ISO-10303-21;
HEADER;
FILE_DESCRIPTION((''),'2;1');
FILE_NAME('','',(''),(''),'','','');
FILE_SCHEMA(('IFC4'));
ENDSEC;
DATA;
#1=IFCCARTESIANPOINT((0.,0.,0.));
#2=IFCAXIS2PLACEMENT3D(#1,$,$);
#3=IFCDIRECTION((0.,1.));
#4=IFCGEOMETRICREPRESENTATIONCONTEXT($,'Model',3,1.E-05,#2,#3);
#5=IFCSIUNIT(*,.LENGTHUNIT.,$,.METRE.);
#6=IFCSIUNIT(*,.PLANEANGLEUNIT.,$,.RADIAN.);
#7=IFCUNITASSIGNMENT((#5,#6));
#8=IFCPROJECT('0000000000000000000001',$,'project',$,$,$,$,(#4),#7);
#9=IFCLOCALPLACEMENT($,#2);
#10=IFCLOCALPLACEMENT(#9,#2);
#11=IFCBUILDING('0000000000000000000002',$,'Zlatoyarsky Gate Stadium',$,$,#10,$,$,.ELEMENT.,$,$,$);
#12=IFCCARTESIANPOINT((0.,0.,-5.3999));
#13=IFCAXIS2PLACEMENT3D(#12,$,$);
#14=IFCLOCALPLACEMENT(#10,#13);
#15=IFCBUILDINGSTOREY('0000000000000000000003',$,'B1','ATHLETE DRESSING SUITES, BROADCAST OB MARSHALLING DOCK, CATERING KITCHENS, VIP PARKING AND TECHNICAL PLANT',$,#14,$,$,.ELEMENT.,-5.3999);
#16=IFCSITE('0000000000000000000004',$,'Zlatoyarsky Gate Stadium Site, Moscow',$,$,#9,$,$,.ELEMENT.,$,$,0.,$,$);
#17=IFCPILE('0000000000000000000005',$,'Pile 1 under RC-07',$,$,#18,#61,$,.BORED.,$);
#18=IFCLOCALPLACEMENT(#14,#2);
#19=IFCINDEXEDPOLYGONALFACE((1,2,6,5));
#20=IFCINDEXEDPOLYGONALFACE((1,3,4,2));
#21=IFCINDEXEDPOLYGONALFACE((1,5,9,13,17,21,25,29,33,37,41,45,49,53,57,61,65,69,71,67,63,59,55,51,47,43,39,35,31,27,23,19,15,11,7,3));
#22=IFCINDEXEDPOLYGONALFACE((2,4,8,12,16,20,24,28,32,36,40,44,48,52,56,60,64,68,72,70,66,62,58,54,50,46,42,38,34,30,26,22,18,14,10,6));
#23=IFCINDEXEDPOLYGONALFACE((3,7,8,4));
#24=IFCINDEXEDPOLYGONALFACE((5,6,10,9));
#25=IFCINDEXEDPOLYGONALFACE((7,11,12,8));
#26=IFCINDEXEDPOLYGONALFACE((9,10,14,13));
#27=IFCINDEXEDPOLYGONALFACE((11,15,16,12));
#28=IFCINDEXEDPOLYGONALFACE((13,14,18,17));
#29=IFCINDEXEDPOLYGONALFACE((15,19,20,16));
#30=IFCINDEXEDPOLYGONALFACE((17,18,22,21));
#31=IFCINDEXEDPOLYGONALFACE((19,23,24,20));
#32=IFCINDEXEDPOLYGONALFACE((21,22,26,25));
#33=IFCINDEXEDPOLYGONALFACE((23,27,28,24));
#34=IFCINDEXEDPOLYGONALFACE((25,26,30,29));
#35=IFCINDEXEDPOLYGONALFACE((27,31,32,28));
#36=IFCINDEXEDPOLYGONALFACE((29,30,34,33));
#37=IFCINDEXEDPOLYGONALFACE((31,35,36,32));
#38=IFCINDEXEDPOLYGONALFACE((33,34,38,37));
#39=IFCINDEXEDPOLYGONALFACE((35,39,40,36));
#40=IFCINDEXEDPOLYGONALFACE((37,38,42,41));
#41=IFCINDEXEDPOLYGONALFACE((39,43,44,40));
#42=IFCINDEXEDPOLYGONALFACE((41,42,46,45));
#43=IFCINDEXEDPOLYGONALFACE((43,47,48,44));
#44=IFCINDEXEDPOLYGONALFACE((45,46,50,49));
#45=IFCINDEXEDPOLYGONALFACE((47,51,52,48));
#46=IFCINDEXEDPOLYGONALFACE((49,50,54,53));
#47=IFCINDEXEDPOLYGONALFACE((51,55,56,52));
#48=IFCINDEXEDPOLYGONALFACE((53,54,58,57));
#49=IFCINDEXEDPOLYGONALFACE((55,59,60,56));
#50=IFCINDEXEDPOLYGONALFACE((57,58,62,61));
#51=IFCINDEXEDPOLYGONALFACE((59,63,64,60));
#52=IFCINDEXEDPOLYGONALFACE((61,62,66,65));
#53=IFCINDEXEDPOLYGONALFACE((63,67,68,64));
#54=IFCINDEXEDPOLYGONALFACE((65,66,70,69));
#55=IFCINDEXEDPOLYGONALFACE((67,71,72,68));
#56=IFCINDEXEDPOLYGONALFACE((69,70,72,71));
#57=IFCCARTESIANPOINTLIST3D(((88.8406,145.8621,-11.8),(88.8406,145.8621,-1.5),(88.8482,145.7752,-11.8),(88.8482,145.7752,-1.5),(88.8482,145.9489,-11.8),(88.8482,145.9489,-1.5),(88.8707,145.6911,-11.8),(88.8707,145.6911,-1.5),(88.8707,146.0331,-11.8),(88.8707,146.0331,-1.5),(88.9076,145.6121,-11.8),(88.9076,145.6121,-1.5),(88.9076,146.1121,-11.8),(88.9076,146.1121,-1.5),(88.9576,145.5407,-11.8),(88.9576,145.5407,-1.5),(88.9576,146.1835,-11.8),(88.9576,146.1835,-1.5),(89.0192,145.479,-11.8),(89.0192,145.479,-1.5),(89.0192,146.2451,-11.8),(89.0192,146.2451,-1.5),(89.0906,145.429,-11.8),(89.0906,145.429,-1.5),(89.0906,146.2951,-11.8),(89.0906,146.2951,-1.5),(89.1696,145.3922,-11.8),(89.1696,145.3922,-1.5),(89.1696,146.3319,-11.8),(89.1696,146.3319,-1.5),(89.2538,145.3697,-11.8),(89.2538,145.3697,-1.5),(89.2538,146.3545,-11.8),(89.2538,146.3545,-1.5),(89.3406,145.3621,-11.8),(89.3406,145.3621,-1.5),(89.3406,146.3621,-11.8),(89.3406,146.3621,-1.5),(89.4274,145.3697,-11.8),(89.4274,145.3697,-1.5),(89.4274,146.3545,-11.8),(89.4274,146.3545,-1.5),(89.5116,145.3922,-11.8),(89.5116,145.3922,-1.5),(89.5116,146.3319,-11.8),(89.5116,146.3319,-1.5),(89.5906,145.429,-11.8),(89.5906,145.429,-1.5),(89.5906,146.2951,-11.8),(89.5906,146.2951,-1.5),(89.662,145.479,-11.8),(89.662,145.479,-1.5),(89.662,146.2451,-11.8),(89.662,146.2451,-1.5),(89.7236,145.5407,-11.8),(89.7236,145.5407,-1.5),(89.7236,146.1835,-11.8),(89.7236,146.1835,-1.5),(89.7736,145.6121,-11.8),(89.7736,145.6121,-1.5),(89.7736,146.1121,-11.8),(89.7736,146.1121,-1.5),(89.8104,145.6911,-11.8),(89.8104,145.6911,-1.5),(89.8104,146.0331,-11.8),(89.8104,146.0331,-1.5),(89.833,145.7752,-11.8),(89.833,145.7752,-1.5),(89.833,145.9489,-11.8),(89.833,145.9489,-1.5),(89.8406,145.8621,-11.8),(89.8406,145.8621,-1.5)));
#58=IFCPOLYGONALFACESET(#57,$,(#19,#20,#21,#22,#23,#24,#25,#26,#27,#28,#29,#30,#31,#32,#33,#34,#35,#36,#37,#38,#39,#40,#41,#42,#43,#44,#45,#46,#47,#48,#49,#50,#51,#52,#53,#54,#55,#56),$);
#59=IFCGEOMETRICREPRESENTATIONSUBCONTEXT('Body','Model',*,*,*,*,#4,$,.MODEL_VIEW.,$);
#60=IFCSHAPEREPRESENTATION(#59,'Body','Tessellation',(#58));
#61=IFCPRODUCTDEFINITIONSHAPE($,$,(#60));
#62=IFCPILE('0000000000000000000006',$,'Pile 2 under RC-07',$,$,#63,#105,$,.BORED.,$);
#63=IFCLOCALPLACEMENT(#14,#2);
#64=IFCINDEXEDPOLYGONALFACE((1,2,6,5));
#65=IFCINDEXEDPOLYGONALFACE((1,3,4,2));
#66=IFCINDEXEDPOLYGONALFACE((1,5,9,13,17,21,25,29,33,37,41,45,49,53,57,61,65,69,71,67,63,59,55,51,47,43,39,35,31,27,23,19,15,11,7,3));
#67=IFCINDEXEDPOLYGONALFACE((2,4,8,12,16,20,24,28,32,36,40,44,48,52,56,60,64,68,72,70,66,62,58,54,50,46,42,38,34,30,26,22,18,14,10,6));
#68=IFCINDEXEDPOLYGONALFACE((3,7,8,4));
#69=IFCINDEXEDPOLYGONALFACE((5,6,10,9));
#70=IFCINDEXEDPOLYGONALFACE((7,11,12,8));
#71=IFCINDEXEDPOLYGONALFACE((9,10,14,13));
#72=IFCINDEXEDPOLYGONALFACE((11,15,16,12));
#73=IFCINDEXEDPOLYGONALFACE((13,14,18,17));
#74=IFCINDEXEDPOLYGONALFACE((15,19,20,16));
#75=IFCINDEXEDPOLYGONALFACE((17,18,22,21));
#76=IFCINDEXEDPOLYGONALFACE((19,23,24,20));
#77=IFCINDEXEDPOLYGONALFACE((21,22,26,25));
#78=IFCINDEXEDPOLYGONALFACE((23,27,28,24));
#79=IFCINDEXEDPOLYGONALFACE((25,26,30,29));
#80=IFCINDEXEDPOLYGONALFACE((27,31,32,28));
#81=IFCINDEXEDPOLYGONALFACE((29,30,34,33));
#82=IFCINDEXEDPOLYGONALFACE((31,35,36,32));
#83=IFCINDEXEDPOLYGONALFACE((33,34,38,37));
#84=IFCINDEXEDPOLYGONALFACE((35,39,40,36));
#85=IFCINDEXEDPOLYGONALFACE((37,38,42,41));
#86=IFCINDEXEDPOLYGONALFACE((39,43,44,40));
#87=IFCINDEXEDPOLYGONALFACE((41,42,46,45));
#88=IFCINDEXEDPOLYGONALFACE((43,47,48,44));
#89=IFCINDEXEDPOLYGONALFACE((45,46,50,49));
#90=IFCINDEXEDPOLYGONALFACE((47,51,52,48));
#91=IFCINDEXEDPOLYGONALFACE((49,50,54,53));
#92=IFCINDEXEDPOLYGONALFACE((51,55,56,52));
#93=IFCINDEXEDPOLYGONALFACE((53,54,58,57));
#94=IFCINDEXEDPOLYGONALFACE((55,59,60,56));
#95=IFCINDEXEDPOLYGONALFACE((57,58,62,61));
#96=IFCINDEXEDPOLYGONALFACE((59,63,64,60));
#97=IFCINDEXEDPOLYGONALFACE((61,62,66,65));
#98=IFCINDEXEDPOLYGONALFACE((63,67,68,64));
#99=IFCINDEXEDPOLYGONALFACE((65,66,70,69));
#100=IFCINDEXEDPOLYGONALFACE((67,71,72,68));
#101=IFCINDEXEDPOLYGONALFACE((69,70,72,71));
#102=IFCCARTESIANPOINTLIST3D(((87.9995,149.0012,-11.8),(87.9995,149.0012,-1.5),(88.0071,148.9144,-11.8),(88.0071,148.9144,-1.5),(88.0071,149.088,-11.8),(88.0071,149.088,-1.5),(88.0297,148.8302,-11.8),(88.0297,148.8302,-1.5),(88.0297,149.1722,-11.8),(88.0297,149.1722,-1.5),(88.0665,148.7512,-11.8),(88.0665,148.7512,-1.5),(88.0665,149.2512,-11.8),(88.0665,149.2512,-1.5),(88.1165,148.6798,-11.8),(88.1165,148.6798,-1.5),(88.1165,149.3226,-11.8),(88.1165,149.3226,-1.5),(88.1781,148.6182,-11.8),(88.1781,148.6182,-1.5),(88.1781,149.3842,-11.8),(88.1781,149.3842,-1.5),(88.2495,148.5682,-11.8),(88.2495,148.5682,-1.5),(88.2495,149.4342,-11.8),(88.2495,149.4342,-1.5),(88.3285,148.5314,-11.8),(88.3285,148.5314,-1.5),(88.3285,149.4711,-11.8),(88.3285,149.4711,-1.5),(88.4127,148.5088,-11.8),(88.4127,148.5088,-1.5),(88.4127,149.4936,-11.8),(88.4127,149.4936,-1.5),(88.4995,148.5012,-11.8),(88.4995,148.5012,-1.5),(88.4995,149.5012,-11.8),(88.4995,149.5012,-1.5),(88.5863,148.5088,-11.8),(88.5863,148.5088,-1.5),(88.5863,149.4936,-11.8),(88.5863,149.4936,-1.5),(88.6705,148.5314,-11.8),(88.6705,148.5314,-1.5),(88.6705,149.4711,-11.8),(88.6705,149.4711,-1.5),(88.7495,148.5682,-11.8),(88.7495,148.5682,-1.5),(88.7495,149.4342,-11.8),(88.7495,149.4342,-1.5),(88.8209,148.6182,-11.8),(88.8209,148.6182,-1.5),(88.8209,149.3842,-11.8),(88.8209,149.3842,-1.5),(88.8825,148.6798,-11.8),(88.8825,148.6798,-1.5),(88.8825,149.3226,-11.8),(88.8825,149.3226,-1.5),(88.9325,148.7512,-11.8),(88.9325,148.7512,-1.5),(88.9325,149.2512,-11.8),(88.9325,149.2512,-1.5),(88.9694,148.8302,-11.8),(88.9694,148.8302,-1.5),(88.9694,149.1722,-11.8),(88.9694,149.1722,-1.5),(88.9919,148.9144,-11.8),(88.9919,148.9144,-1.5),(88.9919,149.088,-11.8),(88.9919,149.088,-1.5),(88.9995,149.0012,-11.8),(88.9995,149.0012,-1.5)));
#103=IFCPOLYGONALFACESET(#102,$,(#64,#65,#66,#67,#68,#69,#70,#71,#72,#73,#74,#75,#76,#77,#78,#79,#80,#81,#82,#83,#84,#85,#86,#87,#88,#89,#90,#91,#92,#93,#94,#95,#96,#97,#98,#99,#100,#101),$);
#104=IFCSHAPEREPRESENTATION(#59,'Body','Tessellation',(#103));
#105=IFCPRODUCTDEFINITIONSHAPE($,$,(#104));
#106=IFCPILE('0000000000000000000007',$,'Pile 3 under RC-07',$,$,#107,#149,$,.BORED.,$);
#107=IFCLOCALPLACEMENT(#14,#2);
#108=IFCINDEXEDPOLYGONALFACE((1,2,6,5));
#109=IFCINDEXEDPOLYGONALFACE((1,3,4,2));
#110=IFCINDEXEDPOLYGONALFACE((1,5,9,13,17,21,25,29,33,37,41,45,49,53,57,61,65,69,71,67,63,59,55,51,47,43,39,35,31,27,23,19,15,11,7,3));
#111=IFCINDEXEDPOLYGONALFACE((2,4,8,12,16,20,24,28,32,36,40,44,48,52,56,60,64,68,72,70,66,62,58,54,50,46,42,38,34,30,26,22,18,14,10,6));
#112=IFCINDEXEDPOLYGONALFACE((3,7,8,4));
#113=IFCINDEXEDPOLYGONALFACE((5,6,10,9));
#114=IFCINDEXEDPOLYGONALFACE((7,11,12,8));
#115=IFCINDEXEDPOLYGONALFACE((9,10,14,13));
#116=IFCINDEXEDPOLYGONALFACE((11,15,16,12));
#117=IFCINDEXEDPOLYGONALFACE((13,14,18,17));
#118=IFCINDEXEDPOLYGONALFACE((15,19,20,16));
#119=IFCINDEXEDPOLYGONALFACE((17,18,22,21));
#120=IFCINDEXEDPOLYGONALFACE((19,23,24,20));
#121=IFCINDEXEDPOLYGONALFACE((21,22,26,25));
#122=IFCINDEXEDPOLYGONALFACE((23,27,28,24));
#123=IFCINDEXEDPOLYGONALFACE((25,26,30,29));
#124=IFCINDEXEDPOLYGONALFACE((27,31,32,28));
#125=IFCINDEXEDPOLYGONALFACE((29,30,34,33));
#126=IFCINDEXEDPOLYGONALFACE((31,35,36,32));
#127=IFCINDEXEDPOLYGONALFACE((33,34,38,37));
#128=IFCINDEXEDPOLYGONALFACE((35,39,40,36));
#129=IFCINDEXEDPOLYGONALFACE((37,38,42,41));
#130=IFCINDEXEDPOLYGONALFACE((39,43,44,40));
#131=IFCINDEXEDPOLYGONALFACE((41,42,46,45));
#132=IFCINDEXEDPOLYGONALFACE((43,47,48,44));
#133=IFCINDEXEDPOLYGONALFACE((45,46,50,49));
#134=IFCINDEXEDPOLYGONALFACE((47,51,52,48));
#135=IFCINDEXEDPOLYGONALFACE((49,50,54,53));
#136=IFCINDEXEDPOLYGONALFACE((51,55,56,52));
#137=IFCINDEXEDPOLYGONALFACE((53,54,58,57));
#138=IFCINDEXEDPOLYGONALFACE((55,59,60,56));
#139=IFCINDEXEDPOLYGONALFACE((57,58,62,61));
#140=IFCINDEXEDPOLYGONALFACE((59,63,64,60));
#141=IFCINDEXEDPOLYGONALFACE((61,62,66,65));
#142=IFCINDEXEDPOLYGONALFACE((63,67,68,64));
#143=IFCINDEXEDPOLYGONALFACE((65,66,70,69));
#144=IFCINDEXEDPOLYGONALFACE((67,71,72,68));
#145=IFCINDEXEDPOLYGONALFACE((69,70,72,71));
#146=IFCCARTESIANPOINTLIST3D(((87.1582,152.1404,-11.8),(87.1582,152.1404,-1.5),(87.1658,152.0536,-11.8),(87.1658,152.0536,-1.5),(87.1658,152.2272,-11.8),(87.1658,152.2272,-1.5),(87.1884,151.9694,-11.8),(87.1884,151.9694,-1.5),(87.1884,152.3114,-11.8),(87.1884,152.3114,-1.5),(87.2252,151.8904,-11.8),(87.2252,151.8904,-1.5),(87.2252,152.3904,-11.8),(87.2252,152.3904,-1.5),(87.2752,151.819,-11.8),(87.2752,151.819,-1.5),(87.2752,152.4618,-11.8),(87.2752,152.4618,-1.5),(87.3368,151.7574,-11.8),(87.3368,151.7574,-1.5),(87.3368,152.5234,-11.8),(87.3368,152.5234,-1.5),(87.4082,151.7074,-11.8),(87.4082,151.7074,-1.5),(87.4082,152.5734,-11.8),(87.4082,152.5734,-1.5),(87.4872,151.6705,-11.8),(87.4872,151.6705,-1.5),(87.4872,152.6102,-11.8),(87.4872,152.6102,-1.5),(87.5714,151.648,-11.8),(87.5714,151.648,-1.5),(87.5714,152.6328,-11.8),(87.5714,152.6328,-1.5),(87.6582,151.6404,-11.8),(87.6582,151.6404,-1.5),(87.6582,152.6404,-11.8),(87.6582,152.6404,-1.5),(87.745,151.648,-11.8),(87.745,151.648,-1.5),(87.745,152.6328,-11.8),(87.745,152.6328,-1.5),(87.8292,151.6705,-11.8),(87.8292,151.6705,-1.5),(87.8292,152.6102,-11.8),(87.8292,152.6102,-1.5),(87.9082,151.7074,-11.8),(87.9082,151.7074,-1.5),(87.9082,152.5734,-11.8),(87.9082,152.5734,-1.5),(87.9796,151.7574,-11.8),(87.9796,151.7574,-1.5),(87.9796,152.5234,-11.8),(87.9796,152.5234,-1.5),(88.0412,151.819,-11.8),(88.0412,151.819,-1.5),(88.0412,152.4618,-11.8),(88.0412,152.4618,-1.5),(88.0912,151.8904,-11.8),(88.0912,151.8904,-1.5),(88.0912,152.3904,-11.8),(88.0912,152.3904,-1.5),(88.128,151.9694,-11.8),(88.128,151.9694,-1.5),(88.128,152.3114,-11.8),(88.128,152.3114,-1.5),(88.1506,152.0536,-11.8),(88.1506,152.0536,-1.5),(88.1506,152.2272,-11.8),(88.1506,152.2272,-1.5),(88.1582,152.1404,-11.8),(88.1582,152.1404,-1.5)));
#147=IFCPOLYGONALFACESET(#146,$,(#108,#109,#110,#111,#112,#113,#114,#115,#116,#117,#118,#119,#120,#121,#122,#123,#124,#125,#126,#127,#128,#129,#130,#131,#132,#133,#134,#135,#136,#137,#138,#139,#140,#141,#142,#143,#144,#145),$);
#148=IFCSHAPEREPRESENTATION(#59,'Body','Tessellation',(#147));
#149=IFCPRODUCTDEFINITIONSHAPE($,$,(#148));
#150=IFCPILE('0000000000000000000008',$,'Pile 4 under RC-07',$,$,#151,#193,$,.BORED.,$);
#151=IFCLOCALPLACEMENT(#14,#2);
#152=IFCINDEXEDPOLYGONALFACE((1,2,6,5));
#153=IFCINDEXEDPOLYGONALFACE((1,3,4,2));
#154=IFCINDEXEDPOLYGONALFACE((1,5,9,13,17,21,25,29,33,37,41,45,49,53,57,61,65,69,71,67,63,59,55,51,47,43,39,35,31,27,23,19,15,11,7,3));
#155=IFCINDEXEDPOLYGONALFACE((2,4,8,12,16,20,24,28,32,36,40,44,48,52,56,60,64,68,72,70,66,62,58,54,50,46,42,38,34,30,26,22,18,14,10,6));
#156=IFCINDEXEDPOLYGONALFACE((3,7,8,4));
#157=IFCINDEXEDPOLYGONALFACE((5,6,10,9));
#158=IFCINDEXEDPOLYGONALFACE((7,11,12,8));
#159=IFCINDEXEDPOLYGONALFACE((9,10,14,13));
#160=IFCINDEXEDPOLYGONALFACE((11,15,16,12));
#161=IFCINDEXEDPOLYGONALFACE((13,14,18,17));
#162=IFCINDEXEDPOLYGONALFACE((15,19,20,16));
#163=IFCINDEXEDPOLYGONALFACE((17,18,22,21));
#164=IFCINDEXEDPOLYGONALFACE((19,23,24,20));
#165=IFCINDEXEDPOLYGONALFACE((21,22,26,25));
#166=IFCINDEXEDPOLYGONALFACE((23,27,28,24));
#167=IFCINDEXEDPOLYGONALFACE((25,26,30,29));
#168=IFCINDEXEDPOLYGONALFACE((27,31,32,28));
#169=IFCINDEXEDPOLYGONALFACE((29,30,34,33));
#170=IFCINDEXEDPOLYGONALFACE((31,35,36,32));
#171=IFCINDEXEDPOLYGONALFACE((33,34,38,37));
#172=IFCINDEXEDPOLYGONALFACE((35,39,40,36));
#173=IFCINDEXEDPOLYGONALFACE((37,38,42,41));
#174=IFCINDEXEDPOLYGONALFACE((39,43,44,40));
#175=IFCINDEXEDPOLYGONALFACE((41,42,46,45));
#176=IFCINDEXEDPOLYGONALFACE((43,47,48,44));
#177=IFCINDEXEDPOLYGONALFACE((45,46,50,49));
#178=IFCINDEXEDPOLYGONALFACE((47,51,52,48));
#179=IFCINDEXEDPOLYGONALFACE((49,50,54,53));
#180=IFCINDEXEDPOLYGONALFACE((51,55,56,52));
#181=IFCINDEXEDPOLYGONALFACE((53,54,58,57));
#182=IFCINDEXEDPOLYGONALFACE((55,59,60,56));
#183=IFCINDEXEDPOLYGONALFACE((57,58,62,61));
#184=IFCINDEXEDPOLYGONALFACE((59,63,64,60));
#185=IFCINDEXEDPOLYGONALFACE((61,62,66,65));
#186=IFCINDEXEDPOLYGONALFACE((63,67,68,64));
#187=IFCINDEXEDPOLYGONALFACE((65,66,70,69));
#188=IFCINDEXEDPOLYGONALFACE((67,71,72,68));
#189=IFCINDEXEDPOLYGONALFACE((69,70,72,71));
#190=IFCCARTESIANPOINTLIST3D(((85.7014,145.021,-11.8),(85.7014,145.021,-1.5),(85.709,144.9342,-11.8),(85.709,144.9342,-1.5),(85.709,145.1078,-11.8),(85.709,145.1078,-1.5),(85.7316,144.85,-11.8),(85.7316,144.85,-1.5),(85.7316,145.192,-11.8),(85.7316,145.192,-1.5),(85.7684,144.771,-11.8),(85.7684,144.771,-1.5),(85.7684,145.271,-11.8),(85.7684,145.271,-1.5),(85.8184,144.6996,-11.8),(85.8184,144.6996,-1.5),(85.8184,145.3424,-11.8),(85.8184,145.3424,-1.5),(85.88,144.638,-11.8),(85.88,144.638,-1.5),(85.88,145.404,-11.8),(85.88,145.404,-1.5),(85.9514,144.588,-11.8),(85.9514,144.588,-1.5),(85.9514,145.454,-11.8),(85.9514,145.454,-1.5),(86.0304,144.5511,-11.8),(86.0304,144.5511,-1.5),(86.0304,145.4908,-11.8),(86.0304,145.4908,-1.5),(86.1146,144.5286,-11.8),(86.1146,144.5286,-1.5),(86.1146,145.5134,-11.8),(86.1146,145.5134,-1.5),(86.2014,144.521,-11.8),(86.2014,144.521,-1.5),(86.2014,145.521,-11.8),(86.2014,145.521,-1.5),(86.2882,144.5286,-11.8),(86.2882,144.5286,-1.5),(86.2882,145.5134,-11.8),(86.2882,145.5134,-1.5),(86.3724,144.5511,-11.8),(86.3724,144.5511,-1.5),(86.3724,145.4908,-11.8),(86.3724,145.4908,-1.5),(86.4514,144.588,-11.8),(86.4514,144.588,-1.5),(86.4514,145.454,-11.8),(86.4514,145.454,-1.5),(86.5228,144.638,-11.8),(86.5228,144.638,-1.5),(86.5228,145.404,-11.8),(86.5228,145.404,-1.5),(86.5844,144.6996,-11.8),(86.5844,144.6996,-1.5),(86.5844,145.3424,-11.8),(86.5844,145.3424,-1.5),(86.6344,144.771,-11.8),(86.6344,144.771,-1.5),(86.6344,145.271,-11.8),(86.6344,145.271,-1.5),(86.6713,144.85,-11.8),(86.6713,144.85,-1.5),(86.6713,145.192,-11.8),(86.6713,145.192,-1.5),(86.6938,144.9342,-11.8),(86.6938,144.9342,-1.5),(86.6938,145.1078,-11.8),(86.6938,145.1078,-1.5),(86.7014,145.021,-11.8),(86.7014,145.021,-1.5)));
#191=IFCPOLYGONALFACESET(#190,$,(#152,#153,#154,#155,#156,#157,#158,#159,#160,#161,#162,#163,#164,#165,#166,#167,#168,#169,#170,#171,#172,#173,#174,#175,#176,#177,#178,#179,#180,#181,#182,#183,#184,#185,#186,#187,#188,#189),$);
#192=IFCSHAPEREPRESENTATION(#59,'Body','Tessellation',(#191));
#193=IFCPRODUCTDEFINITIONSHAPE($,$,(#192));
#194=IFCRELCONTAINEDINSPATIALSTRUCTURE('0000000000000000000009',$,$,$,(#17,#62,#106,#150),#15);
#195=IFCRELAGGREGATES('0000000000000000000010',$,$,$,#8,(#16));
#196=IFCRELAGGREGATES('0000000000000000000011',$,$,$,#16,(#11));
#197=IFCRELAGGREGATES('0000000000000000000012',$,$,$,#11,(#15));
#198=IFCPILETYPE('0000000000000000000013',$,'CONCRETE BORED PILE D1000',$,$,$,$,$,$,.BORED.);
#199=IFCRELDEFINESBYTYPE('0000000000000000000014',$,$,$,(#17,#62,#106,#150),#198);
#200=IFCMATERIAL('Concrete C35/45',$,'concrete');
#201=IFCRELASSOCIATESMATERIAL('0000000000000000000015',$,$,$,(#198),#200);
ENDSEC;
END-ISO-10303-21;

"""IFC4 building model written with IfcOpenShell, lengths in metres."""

from ifc_helpers import new_model, si_unit, direction, frame, origin, origin_2d, place, context, subcontext, project, spatial, circle, extrude, material, material_profile, profile_set, type_object, element, save


model = new_model("IFC4")

# Units and contexts
model_context = context("Model", 3, precision=1e-05, world=origin(), true_north=direction((0.0, 1.0)))
body_context = subcontext(model_context, "Body", "Model", "MODEL_VIEW")
ifc_project = project(units=[si_unit("LENGTHUNIT", "METRE"), si_unit("PLANEANGLEUNIT", "RADIAN")], contexts=[model_context])

# Site, building, storey
site_placement = place(None, origin())
site = spatial("IfcSite", under=ifc_project, at=site_placement, Name="Zlatoyarsky Gate Stadium Site, Moscow", CompositionType="ELEMENT", RefElevation=0.0)
building_placement = place(site_placement, origin())
building = spatial("IfcBuilding", under=site, at=building_placement, Name="Zlatoyarsky Gate Stadium", CompositionType="ELEMENT")
storey_placement = place(building_placement, frame((0.0, 0.0, -5.3999)))
storey = spatial("IfcBuildingStorey", under=building, at=storey_placement, Name="B1", Description="ATHLETE DRESSING SUITES, BROADCAST OB MARSHALLING DOCK, CATERING KITCHENS, VIP PARKING AND TECHNICAL PLANT", CompositionType="ELEMENT", Elevation=-5.3999)

# Piles
ifc_material_1 = material(Name="Concrete C35/45", Category="concrete")
ifc_material_profile_1 = material_profile(ifc_material_1, circle(Radius=0.5, at=origin_2d()), Name="BORED PILE D1000")
ifc_profile_set_1 = profile_set([ifc_material_profile_1], Name="Concrete C35/45")
pile_type_1 = type_object("IfcPileType", Name="CONCRETE BORED PILE D1000", PredefinedType="BORED", material=ifc_profile_set_1)
for number, where, z_axis, x_axis, name in (
    (1, (89.3406, 145.8621, -1.5), (0.0, 0.0, -1.0), (1.0, 0.0, 0.0), "Pile 1 under RC-07"),
    (2, (88.4995, 149.0012, -1.5), (0.0, 0.0, -1.0), (1.0, 0.0, 0.0), "Pile 2 under RC-07"),
    (3, (87.6582, 152.1404, -1.5), (0.0, 0.0, -1.0), (1.0, 0.0, 0.0), "Pile 3 under RC-07"),
    (4, (86.2014, 145.021, -1.5), (0.0, 0.0, -1.0), (1.0, 0.0, 0.0), "Pile 4 under RC-07"),
):
    element("IfcPile", number, at=place(storey_placement, frame(where, z_axis=z_axis, x_axis=x_axis)), inside=storey, type_object=pile_type_1, Name=name, PredefinedType="BORED", context=body_context, shape_type="SweptSolid", body=[
        extrude(circle(Radius=0.5, at=origin_2d()), origin(), (0.0, 0.0, 1.0), 10.3),
    ])

save(model, "model.ifc")
